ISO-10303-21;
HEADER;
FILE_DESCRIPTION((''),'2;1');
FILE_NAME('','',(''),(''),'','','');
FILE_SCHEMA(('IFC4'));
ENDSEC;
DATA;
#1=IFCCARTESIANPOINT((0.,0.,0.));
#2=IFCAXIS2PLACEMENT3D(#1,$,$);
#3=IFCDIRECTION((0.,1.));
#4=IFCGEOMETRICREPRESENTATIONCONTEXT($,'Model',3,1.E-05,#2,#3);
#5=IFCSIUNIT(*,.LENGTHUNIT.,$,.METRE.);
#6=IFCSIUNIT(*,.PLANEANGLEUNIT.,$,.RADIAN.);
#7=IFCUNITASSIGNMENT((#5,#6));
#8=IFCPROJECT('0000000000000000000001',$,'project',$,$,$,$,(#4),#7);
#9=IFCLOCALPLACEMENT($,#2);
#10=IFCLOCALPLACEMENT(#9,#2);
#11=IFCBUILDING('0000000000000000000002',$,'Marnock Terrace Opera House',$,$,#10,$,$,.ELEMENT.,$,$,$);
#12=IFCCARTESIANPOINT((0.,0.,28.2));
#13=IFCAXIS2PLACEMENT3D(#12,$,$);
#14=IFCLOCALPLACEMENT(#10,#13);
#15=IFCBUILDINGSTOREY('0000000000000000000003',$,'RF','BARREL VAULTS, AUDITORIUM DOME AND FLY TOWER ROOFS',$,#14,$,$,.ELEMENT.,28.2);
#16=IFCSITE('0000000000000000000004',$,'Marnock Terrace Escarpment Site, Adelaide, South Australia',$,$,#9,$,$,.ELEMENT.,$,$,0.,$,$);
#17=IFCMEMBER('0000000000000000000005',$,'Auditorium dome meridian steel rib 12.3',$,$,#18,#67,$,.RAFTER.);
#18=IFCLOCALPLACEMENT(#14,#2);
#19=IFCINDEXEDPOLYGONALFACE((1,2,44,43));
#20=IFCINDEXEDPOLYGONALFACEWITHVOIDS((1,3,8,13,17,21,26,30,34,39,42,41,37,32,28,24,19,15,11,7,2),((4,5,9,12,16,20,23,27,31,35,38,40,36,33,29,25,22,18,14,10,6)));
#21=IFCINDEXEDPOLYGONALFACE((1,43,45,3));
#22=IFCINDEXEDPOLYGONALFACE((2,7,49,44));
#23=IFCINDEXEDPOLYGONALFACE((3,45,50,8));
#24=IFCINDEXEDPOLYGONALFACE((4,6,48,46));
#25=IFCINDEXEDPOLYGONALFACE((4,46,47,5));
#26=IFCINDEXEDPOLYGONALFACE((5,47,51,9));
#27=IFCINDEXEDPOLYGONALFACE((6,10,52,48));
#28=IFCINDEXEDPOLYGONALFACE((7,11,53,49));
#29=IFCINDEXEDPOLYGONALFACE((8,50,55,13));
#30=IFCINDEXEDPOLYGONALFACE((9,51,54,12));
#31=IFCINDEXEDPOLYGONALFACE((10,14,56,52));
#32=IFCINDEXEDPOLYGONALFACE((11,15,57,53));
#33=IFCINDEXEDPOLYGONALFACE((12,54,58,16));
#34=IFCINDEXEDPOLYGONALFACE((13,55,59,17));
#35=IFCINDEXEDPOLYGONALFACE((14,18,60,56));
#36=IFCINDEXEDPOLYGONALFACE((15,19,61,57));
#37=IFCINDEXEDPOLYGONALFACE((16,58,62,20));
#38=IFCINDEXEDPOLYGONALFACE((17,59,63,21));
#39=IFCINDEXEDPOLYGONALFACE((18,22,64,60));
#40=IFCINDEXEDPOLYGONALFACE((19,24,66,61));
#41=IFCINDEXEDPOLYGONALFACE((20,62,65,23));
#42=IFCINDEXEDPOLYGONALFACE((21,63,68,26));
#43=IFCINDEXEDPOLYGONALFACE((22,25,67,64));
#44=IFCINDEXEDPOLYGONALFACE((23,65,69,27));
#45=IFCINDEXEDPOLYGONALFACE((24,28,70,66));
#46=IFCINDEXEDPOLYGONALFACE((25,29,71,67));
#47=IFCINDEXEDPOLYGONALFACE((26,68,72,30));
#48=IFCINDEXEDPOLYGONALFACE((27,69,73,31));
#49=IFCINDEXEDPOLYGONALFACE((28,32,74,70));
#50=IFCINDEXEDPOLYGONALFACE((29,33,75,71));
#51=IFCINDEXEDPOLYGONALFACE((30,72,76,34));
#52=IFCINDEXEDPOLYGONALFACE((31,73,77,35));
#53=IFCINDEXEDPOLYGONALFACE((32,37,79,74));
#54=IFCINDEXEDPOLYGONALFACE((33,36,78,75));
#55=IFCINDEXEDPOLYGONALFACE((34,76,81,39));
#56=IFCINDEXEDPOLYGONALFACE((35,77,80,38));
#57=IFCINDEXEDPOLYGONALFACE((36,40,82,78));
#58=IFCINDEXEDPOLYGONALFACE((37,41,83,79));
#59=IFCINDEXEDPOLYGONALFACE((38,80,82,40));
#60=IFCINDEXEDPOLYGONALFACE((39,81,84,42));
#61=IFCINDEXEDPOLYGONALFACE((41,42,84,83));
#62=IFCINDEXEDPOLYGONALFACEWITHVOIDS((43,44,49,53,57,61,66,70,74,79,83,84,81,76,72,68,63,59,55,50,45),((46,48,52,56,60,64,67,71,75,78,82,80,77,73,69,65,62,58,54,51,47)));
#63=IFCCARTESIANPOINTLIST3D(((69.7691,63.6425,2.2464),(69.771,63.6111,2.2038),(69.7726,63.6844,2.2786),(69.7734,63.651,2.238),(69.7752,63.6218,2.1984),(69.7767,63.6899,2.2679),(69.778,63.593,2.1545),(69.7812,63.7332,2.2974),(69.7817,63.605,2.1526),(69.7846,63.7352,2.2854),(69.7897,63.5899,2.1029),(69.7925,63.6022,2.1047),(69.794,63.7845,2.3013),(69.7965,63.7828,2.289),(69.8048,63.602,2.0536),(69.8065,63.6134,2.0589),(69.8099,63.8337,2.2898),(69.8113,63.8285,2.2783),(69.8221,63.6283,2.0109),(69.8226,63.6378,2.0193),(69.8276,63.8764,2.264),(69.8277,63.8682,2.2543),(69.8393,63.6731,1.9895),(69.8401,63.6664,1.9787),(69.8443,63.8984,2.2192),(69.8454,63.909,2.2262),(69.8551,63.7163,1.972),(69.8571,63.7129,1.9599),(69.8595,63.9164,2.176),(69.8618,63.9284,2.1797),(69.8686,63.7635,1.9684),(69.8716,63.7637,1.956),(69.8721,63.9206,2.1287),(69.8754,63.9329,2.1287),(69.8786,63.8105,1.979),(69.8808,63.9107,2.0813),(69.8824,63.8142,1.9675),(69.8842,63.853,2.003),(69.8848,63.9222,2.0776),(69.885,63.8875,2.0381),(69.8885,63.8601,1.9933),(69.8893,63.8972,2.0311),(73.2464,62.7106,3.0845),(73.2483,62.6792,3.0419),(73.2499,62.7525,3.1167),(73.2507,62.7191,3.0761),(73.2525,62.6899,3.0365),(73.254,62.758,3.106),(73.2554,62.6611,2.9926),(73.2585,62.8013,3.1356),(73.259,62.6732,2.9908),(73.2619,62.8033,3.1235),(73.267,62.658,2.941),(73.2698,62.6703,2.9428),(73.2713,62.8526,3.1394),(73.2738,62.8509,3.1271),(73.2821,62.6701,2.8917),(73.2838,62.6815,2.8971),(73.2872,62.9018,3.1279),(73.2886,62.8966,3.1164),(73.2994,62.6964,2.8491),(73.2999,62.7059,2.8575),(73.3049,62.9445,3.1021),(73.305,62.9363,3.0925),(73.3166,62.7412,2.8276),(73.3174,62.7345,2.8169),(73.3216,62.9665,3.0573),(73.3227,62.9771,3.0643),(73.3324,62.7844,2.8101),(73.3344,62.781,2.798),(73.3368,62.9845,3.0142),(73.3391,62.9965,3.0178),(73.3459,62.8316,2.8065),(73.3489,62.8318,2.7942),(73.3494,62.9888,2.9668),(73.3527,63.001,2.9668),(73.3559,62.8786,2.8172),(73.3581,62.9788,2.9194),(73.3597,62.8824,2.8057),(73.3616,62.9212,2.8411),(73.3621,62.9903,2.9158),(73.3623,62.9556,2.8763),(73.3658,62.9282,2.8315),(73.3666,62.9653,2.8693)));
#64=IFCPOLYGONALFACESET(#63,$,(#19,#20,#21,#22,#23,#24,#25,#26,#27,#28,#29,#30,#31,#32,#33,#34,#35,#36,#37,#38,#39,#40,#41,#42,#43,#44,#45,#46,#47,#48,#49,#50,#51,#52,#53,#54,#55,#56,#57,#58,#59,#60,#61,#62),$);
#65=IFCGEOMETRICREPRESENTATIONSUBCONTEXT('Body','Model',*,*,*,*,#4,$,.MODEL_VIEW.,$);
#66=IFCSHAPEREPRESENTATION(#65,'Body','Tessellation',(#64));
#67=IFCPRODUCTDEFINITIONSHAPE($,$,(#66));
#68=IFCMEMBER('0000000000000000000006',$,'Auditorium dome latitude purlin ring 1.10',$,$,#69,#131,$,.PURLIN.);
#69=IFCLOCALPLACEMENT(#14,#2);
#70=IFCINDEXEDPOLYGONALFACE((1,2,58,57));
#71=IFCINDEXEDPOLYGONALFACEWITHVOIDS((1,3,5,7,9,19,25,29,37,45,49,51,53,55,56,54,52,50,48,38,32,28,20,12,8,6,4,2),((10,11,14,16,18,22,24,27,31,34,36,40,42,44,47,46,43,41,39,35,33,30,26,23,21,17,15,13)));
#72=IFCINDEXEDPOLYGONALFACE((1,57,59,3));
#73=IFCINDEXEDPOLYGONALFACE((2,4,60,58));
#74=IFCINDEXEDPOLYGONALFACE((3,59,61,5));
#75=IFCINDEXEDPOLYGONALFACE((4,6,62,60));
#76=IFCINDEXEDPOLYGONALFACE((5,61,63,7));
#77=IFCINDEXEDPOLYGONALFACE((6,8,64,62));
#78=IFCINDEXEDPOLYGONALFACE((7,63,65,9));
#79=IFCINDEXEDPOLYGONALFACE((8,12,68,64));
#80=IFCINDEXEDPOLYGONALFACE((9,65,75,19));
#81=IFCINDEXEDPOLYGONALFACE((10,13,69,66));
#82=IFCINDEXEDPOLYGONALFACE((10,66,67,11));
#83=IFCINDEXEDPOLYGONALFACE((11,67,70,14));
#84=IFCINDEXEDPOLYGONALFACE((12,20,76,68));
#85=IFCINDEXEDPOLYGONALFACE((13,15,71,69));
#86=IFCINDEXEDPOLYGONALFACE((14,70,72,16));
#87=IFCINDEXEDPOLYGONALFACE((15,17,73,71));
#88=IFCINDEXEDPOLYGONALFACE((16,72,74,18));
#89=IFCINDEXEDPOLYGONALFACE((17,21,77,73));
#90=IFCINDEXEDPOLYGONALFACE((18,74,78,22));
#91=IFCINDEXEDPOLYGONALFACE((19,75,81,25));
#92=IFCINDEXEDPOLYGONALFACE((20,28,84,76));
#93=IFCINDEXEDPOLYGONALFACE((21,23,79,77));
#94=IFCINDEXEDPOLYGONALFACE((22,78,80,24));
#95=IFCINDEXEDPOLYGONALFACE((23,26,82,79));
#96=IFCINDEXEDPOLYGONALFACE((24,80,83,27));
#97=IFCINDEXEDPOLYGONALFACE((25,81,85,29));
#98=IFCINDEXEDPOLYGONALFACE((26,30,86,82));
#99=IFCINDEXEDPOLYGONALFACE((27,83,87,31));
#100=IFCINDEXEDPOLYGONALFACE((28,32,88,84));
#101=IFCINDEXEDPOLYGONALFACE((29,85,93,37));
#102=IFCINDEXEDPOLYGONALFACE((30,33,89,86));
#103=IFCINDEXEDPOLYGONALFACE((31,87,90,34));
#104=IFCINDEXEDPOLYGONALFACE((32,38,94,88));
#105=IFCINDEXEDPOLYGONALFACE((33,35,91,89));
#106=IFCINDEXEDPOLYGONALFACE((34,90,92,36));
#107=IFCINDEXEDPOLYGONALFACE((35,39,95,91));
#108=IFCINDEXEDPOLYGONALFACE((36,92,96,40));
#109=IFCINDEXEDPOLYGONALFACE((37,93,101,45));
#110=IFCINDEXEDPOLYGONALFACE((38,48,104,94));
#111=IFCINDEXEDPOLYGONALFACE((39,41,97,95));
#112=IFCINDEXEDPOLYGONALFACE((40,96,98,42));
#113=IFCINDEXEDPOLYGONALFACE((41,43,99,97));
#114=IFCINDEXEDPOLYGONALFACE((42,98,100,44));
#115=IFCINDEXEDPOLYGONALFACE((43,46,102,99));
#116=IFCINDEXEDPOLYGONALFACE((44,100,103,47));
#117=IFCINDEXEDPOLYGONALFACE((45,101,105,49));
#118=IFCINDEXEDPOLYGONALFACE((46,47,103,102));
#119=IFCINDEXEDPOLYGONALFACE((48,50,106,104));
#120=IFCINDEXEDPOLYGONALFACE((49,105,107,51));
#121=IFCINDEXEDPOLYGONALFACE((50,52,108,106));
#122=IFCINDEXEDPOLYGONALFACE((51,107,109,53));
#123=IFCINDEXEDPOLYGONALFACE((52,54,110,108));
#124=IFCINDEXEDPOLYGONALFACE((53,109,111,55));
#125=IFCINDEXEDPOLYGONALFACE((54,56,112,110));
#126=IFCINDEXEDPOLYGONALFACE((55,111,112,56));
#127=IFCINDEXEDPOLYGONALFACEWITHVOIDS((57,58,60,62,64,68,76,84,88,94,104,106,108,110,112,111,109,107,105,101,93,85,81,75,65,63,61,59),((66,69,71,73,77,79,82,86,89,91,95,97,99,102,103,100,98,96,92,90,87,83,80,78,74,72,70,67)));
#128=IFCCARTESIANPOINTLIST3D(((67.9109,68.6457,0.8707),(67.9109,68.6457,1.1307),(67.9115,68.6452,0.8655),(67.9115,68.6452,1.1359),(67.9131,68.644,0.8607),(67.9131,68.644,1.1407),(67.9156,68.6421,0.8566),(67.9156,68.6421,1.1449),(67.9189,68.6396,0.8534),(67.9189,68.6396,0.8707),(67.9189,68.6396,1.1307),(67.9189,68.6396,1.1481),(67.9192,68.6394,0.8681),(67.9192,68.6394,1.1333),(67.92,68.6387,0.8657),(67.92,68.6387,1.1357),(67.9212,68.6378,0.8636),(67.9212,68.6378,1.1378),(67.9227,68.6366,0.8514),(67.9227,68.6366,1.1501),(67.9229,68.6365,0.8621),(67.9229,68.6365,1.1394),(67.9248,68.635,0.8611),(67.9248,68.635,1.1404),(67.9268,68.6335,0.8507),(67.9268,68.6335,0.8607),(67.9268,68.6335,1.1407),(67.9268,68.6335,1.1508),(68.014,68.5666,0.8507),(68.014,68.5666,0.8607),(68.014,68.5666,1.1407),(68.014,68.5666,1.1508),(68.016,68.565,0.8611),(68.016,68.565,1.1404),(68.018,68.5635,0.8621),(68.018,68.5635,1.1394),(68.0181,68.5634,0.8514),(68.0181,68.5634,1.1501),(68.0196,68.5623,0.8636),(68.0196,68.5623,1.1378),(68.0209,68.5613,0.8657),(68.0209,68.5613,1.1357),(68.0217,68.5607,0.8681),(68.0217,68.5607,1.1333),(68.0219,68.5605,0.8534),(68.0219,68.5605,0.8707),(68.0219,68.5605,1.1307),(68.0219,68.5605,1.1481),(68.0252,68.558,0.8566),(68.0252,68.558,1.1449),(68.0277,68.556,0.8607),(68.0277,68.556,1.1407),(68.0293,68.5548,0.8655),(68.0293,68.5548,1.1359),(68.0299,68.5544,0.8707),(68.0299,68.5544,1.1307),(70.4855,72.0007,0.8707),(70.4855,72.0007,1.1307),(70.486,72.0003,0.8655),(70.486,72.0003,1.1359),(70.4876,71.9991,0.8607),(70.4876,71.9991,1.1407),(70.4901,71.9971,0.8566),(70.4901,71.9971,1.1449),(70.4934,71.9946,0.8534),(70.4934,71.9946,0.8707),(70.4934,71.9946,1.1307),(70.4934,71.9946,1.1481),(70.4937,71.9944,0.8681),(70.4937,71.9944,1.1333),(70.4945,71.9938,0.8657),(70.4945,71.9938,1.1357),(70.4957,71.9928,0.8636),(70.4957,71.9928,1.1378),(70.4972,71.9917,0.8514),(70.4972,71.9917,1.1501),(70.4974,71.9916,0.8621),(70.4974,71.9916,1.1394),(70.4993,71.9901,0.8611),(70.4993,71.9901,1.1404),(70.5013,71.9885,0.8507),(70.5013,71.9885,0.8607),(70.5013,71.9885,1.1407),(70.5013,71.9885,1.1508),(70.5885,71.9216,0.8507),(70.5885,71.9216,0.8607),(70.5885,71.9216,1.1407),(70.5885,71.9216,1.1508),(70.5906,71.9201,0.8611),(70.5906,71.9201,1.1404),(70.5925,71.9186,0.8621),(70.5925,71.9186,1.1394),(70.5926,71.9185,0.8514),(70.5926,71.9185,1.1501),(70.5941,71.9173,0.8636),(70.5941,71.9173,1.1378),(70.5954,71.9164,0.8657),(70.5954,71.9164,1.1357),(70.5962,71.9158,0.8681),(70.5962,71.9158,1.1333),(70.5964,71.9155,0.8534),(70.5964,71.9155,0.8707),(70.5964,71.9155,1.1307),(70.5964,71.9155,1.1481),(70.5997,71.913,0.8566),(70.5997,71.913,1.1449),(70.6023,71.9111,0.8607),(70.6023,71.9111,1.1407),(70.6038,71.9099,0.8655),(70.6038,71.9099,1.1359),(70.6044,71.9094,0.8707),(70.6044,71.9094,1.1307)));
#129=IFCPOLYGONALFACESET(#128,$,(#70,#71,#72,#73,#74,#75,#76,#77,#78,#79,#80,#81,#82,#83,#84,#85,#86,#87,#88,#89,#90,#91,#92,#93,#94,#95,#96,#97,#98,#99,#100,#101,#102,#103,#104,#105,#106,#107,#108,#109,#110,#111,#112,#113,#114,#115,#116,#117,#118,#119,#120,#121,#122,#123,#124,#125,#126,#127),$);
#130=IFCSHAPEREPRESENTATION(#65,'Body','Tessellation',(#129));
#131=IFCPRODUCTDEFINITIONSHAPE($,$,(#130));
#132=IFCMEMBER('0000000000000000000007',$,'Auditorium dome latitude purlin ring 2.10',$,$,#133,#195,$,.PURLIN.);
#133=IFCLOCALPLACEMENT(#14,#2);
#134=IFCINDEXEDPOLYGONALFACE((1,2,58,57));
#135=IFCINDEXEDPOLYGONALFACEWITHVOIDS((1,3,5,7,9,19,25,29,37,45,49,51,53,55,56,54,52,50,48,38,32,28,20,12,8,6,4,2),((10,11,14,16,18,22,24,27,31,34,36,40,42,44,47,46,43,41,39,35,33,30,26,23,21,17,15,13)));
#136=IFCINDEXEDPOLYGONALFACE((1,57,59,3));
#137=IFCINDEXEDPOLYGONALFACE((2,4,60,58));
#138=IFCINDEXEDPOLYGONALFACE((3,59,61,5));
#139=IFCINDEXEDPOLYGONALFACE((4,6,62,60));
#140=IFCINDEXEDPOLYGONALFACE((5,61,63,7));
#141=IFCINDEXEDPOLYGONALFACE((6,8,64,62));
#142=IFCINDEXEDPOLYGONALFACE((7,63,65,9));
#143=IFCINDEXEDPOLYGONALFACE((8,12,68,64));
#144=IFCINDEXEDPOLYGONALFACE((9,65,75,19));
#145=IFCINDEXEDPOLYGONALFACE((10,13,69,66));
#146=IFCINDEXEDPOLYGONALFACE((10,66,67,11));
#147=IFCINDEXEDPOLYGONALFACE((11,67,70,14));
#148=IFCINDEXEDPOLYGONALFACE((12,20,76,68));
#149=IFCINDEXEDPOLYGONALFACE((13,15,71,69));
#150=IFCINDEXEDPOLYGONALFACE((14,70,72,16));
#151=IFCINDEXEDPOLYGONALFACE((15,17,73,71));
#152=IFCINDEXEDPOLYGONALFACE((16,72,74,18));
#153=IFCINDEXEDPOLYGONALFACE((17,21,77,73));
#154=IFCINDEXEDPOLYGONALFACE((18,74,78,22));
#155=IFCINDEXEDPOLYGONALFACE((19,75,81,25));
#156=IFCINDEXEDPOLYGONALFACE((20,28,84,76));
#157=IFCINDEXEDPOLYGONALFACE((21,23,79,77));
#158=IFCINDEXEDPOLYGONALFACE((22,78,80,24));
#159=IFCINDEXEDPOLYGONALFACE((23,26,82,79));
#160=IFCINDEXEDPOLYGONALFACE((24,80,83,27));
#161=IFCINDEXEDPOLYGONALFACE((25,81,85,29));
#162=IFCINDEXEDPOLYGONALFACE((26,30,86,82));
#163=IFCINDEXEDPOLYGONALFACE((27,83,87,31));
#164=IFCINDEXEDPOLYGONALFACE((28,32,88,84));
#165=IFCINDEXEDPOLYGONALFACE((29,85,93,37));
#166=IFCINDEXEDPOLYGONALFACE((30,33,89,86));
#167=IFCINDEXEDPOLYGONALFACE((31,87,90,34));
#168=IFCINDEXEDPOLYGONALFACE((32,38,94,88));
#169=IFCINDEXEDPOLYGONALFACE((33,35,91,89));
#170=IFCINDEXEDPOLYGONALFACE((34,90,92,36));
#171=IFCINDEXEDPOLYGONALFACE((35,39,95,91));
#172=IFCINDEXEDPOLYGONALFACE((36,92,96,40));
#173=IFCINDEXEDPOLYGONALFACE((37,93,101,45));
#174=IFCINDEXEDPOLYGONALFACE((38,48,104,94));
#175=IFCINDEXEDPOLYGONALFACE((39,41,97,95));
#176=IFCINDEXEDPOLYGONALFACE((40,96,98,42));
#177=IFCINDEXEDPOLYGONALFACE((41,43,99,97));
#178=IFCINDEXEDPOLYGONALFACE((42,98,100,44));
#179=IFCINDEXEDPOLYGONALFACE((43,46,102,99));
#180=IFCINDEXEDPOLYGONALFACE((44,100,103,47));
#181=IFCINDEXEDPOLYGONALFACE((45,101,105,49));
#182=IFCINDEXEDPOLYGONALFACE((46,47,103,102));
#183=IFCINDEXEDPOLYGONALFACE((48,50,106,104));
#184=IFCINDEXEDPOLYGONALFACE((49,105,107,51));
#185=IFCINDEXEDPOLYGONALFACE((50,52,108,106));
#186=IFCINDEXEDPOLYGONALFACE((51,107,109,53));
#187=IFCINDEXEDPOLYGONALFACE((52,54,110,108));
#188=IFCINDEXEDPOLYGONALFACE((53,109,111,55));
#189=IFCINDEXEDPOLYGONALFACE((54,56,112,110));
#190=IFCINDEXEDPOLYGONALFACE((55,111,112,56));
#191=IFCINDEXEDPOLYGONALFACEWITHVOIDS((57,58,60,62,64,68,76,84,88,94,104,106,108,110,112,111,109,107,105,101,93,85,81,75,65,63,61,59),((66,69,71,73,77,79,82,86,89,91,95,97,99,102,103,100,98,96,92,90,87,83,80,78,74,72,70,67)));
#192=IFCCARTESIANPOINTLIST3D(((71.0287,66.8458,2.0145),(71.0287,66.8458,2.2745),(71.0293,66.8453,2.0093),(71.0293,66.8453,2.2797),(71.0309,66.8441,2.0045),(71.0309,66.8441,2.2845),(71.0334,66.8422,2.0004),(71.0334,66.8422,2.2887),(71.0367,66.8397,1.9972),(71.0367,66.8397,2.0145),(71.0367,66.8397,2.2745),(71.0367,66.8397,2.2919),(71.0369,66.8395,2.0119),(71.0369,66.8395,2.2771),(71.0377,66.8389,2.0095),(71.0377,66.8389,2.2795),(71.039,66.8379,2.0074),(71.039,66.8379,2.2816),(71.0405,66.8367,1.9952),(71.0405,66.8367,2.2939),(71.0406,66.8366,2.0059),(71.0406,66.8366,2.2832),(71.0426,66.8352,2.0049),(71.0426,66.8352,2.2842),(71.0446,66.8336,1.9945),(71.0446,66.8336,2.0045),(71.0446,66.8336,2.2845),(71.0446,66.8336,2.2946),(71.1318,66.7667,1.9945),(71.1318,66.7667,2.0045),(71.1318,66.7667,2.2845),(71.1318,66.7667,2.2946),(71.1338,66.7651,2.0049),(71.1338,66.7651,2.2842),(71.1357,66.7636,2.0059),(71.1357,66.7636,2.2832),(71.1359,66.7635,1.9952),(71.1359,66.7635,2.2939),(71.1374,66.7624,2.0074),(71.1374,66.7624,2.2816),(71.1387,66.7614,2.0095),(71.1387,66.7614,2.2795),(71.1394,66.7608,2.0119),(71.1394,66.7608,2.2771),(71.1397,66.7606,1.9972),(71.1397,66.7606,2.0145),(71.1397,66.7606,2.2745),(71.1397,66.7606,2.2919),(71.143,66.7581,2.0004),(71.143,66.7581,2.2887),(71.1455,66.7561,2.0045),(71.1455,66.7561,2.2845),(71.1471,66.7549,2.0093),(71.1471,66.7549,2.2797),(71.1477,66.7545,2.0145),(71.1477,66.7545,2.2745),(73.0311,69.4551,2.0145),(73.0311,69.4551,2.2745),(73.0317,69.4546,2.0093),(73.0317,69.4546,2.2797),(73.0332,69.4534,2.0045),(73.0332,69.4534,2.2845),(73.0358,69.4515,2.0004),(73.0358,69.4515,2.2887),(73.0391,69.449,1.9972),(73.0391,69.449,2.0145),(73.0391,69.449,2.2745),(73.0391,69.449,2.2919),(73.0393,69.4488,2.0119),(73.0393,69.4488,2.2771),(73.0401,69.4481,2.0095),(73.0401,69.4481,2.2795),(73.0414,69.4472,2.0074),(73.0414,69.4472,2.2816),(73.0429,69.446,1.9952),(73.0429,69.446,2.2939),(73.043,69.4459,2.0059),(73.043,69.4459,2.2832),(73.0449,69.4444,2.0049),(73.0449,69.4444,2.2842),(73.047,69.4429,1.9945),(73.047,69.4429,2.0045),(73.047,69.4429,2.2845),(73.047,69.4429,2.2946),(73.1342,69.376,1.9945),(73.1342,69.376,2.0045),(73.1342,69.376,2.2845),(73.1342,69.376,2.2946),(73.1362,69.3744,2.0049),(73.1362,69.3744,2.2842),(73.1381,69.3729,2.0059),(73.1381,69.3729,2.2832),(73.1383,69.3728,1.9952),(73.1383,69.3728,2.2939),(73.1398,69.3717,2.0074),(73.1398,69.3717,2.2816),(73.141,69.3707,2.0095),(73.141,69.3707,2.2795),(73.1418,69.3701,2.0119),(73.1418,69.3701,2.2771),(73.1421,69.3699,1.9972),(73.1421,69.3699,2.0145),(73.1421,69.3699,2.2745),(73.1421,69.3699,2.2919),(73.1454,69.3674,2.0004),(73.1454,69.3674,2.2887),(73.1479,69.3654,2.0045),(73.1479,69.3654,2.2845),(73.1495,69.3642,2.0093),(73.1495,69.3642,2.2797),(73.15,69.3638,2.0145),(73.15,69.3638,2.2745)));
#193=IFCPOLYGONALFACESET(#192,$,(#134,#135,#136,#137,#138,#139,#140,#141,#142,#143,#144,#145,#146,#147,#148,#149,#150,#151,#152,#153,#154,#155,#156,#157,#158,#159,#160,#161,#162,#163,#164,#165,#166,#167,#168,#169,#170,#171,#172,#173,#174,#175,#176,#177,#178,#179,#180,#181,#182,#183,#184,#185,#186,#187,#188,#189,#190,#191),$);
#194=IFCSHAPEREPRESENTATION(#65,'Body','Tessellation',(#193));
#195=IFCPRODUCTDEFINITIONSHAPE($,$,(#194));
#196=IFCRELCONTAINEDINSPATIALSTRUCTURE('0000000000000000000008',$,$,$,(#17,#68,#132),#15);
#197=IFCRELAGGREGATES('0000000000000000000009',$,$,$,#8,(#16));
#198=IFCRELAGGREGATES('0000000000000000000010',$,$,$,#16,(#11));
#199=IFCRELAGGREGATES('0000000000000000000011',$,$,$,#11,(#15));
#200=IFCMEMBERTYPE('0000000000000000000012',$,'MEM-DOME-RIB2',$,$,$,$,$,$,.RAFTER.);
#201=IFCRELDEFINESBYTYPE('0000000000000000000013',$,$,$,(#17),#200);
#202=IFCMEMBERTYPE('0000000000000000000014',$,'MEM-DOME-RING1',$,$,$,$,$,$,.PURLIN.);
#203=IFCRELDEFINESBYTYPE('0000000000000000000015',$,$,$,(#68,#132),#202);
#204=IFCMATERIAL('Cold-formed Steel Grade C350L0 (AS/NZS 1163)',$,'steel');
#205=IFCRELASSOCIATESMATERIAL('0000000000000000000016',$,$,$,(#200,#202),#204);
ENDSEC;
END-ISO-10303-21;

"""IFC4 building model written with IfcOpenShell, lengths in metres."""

from ifc_helpers import new_model, si_unit, direction, frame, origin, origin_2d, place, context, subcontext, project, spatial, hollow_rectangle, hollow_circle, extrude, material, material_profile, profile_set, type_object, element, save


model = new_model("IFC4")

# Units and contexts
model_context = context("Model", 3, precision=1e-05, world=origin(), true_north=direction((0.0, 1.0)))
body_context = subcontext(model_context, "Body", "Model", "MODEL_VIEW")
ifc_project = project(units=[si_unit("LENGTHUNIT", "METRE"), si_unit("PLANEANGLEUNIT", "RADIAN")], contexts=[model_context])

# Site, building, storey
site_placement = place(None, origin())
site = spatial("IfcSite", under=ifc_project, at=site_placement, Name="Marnock Terrace Escarpment Site, Adelaide, South Australia", CompositionType="ELEMENT", RefElevation=0.0)
building_placement = place(site_placement, origin())
building = spatial("IfcBuilding", under=site, at=building_placement, Name="Marnock Terrace Opera House", CompositionType="ELEMENT")
storey_placement = place(building_placement, frame((0.0, 0.0, 28.2)))
storey = spatial("IfcBuildingStorey", under=building, at=storey_placement, Name="RF", Description="BARREL VAULTS, AUDITORIUM DOME AND FLY TOWER ROOFS", CompositionType="ELEMENT", Elevation=28.2)

# Members
ifc_material_1 = material(Name="Cold-formed Steel Grade C350L0 (AS/NZS 1163)", Category="steel")
ifc_material_profile_1 = material_profile(ifc_material_1, hollow_circle(Radius=0.1777, WallThickness=0.0127, at=origin_2d()))
ifc_profile_set_1 = profile_set([ifc_material_profile_1], Name="Cold-formed Steel Grade C350L0 (AS/NZS 1163)")
member_type_1 = type_object("IfcMemberType", Name="MEM-DOME-RIB2", PredefinedType="RAFTER", material=ifc_profile_set_1)
member_1_placement = place(storey_placement, frame((69.8293, 63.7612, 2.1287), z_axis=(0.940756, -0.252114, 0.226751), x_axis=(0.258857, 0.965916, 0.0)))
element("IfcMember", 1, at=member_1_placement, inside=storey, type_object=member_type_1, Name="Auditorium dome meridian steel rib 12.3", PredefinedType="RAFTER", context=body_context, shape_type="SweptSolid", body=[
    extrude(hollow_circle(Radius=0.1777, WallThickness=0.0127, at=origin_2d()), origin(), (0.0, 0.0, 1.0), 3.6963),
])
ifc_material_profile_2 = material_profile(ifc_material_1, hollow_rectangle(XDim=0.1499, YDim=0.3, WallThickness=0.01, InnerFilletRadius=0.01, OuterFilletRadius=0.02, at=origin_2d()))
ifc_profile_set_2 = profile_set([ifc_material_profile_2], Name="Cold-formed Steel Grade C350L0 (AS/NZS 1163)")
member_type_2 = type_object("IfcMemberType", Name="MEM-DOME-RING1", PredefinedType="PURLIN", material=ifc_profile_set_2)
member_2_placement = place(storey_placement, frame((70.5449, 71.9551, 1.0007), z_axis=(-0.608776, -0.793342, 0.0), x_axis=(0.793342, -0.608776, 0.0)))
element("IfcMember", 2, at=member_2_placement, inside=storey, type_object=member_type_2, Name="Auditorium dome latitude purlin ring 1.10", PredefinedType="PURLIN", context=body_context, shape_type="SweptSolid", body=[
    extrude(hollow_rectangle(XDim=0.1499, YDim=0.3, WallThickness=0.01, InnerFilletRadius=0.01, OuterFilletRadius=0.02, at=origin_2d()), origin(), (0.0, 0.0, 1.0), 4.229),
])
member_3_placement = place(storey_placement, frame((73.0906, 69.4094, 2.1445), z_axis=(-0.608799, -0.793324, 0.0), x_axis=(0.793324, -0.608799, 0.0)))
element("IfcMember", 3, at=member_3_placement, inside=storey, type_object=member_type_2, Name="Auditorium dome latitude purlin ring 2.10", PredefinedType="PURLIN", context=body_context, shape_type="SweptSolid", body=[
    extrude(hollow_rectangle(XDim=0.1499, YDim=0.3, WallThickness=0.01, InnerFilletRadius=0.01, OuterFilletRadius=0.02, at=origin_2d()), origin(), (0.0, 0.0, 1.0), 3.2891),
])

save(model, "model.ifc")
